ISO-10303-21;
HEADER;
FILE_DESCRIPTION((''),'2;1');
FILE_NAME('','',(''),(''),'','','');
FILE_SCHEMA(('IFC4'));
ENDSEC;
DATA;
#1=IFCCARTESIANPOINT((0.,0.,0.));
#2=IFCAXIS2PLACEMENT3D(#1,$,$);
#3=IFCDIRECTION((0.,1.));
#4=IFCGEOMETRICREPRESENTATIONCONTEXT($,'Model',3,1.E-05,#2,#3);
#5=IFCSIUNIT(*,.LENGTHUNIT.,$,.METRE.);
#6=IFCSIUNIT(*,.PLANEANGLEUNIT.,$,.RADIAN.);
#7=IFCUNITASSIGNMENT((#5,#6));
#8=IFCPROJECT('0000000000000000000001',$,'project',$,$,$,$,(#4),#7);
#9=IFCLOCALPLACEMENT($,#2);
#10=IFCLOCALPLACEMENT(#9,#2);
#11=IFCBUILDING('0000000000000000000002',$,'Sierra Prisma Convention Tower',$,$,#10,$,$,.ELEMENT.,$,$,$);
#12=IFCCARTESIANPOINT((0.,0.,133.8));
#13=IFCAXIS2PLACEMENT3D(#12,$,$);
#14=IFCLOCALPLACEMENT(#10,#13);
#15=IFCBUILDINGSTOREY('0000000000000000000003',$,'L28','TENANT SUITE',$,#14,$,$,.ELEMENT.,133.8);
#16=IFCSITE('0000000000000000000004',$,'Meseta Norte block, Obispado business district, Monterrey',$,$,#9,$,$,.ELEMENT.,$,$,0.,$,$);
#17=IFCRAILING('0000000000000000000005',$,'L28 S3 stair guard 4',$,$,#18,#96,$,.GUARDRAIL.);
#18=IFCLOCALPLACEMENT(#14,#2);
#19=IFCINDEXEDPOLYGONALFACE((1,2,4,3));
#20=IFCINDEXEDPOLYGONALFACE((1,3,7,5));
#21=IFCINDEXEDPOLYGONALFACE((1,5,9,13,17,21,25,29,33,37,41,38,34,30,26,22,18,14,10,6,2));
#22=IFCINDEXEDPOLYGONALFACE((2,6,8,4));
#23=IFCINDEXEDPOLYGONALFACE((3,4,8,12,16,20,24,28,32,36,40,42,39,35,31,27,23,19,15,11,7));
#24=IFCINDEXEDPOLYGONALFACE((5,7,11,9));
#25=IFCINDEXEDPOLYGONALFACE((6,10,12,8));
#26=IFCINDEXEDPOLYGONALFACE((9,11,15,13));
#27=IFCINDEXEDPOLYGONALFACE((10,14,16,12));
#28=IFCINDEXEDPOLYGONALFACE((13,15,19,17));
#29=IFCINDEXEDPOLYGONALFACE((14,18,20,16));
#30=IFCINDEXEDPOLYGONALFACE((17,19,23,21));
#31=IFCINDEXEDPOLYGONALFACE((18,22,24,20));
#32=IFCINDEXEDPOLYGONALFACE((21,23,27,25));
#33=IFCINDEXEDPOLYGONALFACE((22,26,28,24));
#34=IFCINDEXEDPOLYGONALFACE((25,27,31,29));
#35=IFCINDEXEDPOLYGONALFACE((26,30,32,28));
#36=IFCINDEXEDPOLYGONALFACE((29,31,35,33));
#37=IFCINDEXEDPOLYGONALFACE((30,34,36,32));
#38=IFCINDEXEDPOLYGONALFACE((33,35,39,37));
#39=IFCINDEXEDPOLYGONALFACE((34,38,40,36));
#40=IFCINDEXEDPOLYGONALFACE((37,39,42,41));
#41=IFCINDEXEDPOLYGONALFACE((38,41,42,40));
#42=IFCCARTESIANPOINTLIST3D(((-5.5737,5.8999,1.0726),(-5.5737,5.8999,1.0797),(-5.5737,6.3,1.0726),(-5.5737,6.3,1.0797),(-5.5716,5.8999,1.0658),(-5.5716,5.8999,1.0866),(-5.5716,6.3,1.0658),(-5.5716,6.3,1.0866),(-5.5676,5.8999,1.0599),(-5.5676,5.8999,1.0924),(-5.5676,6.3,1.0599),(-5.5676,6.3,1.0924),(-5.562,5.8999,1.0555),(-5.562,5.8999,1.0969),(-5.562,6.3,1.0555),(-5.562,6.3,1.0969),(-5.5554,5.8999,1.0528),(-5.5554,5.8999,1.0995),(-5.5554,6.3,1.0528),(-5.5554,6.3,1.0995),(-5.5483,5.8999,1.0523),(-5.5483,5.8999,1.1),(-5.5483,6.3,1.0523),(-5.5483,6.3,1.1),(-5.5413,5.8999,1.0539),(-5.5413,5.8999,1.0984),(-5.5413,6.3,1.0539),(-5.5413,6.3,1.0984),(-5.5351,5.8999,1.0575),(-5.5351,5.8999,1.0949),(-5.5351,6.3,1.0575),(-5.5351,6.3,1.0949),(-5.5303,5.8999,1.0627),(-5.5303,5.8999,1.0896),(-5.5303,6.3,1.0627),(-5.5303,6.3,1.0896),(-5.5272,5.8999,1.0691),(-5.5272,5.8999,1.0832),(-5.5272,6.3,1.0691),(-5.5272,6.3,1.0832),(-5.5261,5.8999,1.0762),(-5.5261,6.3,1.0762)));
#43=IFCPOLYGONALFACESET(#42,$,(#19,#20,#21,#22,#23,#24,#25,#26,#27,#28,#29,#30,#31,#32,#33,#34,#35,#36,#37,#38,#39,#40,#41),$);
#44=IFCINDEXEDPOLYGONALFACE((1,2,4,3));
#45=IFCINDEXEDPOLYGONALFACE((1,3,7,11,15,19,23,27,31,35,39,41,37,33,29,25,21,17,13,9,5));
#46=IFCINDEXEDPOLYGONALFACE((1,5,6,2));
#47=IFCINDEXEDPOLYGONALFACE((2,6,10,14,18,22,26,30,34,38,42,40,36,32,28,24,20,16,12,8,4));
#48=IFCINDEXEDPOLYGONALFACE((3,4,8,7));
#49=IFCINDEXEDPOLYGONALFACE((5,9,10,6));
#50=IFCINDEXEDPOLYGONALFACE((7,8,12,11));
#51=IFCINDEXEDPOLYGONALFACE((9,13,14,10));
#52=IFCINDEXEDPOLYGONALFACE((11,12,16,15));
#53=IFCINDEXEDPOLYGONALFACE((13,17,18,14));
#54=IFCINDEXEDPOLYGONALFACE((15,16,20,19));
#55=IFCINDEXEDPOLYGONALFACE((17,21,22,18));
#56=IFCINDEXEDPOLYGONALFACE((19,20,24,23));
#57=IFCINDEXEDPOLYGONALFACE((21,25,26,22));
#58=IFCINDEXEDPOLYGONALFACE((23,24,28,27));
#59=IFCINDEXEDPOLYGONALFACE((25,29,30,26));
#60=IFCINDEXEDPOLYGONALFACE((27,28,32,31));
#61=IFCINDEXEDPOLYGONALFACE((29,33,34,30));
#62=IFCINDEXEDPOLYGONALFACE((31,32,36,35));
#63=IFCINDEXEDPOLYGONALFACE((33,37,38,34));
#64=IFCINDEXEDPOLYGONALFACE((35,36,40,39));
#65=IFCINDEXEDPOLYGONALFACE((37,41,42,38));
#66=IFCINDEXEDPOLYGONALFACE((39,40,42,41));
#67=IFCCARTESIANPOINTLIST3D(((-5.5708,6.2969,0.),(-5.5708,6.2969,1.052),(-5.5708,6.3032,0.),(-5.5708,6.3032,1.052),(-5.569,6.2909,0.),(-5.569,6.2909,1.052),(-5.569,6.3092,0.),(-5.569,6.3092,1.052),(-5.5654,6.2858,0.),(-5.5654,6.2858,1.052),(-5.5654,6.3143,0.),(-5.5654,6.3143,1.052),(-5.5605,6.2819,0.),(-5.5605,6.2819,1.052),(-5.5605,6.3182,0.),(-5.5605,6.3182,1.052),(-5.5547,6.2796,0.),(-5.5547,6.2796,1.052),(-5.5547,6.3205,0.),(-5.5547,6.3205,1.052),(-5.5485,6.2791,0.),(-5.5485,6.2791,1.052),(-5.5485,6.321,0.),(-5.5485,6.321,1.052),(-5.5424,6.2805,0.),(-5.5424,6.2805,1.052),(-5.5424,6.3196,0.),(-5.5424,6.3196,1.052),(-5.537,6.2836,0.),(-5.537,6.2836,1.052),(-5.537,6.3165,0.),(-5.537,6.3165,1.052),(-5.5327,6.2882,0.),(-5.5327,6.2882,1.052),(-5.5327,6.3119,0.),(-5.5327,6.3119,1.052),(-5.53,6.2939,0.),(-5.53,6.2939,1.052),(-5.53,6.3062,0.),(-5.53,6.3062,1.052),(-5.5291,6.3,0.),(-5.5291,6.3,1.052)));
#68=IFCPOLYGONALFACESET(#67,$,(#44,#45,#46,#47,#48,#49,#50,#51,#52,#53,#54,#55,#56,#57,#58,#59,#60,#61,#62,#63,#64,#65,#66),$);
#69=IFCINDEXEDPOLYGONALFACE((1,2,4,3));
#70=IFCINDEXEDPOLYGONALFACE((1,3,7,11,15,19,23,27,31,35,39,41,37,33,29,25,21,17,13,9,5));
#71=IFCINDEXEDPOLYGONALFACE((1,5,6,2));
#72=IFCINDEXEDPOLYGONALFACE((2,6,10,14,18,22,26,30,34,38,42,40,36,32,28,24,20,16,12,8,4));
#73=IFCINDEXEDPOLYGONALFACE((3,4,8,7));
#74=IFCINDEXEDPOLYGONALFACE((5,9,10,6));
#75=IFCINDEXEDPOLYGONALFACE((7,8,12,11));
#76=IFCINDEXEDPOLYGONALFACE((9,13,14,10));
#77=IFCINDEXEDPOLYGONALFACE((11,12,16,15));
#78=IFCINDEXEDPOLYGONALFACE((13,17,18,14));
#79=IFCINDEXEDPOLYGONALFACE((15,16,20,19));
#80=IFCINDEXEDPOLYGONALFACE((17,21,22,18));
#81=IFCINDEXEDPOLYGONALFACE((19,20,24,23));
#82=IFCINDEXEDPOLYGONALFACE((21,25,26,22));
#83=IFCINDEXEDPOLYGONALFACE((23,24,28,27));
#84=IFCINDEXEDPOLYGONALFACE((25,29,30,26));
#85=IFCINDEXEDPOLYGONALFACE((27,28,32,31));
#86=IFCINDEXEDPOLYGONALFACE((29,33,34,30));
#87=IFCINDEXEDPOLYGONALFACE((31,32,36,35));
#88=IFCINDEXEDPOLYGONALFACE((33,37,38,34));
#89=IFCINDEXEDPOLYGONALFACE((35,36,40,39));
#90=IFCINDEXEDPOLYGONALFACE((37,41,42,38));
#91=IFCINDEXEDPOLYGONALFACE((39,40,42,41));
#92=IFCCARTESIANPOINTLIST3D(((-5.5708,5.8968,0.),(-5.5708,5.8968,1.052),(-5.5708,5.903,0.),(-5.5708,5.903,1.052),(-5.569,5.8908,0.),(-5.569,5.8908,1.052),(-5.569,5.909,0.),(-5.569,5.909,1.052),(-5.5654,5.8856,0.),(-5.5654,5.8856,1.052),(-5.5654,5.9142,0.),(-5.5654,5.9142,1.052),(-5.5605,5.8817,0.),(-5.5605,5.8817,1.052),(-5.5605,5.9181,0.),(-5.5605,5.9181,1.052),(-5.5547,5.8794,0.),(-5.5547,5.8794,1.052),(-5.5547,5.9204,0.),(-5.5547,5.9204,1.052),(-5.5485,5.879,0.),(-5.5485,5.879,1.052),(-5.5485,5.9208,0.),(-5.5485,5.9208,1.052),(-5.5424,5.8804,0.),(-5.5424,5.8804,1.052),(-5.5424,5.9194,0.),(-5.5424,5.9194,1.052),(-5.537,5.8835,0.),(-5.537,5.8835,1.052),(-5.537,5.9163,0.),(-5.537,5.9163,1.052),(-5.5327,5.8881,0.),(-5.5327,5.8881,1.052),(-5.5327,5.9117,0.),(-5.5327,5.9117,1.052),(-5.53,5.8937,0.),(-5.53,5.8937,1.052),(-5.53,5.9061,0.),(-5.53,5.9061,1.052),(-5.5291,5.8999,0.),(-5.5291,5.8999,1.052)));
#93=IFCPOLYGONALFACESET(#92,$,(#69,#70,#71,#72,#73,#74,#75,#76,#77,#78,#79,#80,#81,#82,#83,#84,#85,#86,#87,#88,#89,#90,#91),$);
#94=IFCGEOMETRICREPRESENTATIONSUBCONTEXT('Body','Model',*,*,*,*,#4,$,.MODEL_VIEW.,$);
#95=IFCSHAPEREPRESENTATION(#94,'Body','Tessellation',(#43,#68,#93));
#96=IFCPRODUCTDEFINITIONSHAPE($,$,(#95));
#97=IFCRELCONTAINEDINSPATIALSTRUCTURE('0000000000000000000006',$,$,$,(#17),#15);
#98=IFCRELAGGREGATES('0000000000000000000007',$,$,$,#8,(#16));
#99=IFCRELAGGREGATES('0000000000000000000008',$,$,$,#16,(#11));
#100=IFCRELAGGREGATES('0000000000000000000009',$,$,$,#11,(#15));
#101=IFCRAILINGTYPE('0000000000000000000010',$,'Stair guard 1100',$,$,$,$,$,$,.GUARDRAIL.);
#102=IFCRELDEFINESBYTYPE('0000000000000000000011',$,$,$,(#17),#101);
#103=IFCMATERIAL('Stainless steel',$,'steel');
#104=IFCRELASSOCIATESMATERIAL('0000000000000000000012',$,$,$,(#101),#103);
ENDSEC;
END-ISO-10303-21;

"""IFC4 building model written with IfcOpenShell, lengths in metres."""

from ifc_helpers import new_model, si_unit, direction, frame, origin, origin_2d, place, context, subcontext, project, spatial, circle, extrude, material, type_object, element, save


model = new_model("IFC4")

# Units and contexts
model_context = context("Model", 3, precision=1e-05, world=origin(), true_north=direction((0.0, 1.0)))
body_context = subcontext(model_context, "Body", "Model", "MODEL_VIEW")
ifc_project = project(units=[si_unit("LENGTHUNIT", "METRE"), si_unit("PLANEANGLEUNIT", "RADIAN")], contexts=[model_context])

# Site, building, storey
site_placement = place(None, origin())
site = spatial("IfcSite", under=ifc_project, at=site_placement, Name="Meseta Norte block, Obispado business district, Monterrey", CompositionType="ELEMENT", RefElevation=0.0)
building_placement = place(site_placement, origin())
building = spatial("IfcBuilding", under=site, at=building_placement, Name="Sierra Prisma Convention Tower", CompositionType="ELEMENT")
storey_placement = place(building_placement, frame((0.0, 0.0, 133.8)))
storey = spatial("IfcBuildingStorey", under=building, at=storey_placement, Name="L28", Description="TENANT SUITE", CompositionType="ELEMENT", Elevation=133.8)

# Railing
ifc_material_1 = material(Name="Stainless steel", Category="steel")
railing_type_1 = type_object("IfcRailingType", Name="Stair guard 1100", PredefinedType="GUARDRAIL", material=ifc_material_1)
railing_1_placement = place(storey_placement, frame((-5.55, 6.3, 0.0)))
element("IfcRailing", 1, at=railing_1_placement, inside=storey, type_object=railing_type_1, Name="L28 S3 stair guard 4", PredefinedType="GUARDRAIL", context=body_context, shape_type="SweptSolid", body=[
    extrude(circle(Radius=0.0239, at=origin_2d()), frame((0.0, 0.0, 1.0762), z_axis=(0.0, -1.0, 0.0), x_axis=(1.0, 0.0, 0.0)), (0.0, 0.0, 1.0), 0.4001),
    extrude(circle(Radius=0.021, at=origin_2d()), origin(), (0.0, 0.0, 1.0), 1.052),
    extrude(circle(Radius=0.021, at=origin_2d()), frame((0.0, -0.4001, 0.0)), (0.0, 0.0, 1.0), 1.052),
])

save(model, "model.ifc")
